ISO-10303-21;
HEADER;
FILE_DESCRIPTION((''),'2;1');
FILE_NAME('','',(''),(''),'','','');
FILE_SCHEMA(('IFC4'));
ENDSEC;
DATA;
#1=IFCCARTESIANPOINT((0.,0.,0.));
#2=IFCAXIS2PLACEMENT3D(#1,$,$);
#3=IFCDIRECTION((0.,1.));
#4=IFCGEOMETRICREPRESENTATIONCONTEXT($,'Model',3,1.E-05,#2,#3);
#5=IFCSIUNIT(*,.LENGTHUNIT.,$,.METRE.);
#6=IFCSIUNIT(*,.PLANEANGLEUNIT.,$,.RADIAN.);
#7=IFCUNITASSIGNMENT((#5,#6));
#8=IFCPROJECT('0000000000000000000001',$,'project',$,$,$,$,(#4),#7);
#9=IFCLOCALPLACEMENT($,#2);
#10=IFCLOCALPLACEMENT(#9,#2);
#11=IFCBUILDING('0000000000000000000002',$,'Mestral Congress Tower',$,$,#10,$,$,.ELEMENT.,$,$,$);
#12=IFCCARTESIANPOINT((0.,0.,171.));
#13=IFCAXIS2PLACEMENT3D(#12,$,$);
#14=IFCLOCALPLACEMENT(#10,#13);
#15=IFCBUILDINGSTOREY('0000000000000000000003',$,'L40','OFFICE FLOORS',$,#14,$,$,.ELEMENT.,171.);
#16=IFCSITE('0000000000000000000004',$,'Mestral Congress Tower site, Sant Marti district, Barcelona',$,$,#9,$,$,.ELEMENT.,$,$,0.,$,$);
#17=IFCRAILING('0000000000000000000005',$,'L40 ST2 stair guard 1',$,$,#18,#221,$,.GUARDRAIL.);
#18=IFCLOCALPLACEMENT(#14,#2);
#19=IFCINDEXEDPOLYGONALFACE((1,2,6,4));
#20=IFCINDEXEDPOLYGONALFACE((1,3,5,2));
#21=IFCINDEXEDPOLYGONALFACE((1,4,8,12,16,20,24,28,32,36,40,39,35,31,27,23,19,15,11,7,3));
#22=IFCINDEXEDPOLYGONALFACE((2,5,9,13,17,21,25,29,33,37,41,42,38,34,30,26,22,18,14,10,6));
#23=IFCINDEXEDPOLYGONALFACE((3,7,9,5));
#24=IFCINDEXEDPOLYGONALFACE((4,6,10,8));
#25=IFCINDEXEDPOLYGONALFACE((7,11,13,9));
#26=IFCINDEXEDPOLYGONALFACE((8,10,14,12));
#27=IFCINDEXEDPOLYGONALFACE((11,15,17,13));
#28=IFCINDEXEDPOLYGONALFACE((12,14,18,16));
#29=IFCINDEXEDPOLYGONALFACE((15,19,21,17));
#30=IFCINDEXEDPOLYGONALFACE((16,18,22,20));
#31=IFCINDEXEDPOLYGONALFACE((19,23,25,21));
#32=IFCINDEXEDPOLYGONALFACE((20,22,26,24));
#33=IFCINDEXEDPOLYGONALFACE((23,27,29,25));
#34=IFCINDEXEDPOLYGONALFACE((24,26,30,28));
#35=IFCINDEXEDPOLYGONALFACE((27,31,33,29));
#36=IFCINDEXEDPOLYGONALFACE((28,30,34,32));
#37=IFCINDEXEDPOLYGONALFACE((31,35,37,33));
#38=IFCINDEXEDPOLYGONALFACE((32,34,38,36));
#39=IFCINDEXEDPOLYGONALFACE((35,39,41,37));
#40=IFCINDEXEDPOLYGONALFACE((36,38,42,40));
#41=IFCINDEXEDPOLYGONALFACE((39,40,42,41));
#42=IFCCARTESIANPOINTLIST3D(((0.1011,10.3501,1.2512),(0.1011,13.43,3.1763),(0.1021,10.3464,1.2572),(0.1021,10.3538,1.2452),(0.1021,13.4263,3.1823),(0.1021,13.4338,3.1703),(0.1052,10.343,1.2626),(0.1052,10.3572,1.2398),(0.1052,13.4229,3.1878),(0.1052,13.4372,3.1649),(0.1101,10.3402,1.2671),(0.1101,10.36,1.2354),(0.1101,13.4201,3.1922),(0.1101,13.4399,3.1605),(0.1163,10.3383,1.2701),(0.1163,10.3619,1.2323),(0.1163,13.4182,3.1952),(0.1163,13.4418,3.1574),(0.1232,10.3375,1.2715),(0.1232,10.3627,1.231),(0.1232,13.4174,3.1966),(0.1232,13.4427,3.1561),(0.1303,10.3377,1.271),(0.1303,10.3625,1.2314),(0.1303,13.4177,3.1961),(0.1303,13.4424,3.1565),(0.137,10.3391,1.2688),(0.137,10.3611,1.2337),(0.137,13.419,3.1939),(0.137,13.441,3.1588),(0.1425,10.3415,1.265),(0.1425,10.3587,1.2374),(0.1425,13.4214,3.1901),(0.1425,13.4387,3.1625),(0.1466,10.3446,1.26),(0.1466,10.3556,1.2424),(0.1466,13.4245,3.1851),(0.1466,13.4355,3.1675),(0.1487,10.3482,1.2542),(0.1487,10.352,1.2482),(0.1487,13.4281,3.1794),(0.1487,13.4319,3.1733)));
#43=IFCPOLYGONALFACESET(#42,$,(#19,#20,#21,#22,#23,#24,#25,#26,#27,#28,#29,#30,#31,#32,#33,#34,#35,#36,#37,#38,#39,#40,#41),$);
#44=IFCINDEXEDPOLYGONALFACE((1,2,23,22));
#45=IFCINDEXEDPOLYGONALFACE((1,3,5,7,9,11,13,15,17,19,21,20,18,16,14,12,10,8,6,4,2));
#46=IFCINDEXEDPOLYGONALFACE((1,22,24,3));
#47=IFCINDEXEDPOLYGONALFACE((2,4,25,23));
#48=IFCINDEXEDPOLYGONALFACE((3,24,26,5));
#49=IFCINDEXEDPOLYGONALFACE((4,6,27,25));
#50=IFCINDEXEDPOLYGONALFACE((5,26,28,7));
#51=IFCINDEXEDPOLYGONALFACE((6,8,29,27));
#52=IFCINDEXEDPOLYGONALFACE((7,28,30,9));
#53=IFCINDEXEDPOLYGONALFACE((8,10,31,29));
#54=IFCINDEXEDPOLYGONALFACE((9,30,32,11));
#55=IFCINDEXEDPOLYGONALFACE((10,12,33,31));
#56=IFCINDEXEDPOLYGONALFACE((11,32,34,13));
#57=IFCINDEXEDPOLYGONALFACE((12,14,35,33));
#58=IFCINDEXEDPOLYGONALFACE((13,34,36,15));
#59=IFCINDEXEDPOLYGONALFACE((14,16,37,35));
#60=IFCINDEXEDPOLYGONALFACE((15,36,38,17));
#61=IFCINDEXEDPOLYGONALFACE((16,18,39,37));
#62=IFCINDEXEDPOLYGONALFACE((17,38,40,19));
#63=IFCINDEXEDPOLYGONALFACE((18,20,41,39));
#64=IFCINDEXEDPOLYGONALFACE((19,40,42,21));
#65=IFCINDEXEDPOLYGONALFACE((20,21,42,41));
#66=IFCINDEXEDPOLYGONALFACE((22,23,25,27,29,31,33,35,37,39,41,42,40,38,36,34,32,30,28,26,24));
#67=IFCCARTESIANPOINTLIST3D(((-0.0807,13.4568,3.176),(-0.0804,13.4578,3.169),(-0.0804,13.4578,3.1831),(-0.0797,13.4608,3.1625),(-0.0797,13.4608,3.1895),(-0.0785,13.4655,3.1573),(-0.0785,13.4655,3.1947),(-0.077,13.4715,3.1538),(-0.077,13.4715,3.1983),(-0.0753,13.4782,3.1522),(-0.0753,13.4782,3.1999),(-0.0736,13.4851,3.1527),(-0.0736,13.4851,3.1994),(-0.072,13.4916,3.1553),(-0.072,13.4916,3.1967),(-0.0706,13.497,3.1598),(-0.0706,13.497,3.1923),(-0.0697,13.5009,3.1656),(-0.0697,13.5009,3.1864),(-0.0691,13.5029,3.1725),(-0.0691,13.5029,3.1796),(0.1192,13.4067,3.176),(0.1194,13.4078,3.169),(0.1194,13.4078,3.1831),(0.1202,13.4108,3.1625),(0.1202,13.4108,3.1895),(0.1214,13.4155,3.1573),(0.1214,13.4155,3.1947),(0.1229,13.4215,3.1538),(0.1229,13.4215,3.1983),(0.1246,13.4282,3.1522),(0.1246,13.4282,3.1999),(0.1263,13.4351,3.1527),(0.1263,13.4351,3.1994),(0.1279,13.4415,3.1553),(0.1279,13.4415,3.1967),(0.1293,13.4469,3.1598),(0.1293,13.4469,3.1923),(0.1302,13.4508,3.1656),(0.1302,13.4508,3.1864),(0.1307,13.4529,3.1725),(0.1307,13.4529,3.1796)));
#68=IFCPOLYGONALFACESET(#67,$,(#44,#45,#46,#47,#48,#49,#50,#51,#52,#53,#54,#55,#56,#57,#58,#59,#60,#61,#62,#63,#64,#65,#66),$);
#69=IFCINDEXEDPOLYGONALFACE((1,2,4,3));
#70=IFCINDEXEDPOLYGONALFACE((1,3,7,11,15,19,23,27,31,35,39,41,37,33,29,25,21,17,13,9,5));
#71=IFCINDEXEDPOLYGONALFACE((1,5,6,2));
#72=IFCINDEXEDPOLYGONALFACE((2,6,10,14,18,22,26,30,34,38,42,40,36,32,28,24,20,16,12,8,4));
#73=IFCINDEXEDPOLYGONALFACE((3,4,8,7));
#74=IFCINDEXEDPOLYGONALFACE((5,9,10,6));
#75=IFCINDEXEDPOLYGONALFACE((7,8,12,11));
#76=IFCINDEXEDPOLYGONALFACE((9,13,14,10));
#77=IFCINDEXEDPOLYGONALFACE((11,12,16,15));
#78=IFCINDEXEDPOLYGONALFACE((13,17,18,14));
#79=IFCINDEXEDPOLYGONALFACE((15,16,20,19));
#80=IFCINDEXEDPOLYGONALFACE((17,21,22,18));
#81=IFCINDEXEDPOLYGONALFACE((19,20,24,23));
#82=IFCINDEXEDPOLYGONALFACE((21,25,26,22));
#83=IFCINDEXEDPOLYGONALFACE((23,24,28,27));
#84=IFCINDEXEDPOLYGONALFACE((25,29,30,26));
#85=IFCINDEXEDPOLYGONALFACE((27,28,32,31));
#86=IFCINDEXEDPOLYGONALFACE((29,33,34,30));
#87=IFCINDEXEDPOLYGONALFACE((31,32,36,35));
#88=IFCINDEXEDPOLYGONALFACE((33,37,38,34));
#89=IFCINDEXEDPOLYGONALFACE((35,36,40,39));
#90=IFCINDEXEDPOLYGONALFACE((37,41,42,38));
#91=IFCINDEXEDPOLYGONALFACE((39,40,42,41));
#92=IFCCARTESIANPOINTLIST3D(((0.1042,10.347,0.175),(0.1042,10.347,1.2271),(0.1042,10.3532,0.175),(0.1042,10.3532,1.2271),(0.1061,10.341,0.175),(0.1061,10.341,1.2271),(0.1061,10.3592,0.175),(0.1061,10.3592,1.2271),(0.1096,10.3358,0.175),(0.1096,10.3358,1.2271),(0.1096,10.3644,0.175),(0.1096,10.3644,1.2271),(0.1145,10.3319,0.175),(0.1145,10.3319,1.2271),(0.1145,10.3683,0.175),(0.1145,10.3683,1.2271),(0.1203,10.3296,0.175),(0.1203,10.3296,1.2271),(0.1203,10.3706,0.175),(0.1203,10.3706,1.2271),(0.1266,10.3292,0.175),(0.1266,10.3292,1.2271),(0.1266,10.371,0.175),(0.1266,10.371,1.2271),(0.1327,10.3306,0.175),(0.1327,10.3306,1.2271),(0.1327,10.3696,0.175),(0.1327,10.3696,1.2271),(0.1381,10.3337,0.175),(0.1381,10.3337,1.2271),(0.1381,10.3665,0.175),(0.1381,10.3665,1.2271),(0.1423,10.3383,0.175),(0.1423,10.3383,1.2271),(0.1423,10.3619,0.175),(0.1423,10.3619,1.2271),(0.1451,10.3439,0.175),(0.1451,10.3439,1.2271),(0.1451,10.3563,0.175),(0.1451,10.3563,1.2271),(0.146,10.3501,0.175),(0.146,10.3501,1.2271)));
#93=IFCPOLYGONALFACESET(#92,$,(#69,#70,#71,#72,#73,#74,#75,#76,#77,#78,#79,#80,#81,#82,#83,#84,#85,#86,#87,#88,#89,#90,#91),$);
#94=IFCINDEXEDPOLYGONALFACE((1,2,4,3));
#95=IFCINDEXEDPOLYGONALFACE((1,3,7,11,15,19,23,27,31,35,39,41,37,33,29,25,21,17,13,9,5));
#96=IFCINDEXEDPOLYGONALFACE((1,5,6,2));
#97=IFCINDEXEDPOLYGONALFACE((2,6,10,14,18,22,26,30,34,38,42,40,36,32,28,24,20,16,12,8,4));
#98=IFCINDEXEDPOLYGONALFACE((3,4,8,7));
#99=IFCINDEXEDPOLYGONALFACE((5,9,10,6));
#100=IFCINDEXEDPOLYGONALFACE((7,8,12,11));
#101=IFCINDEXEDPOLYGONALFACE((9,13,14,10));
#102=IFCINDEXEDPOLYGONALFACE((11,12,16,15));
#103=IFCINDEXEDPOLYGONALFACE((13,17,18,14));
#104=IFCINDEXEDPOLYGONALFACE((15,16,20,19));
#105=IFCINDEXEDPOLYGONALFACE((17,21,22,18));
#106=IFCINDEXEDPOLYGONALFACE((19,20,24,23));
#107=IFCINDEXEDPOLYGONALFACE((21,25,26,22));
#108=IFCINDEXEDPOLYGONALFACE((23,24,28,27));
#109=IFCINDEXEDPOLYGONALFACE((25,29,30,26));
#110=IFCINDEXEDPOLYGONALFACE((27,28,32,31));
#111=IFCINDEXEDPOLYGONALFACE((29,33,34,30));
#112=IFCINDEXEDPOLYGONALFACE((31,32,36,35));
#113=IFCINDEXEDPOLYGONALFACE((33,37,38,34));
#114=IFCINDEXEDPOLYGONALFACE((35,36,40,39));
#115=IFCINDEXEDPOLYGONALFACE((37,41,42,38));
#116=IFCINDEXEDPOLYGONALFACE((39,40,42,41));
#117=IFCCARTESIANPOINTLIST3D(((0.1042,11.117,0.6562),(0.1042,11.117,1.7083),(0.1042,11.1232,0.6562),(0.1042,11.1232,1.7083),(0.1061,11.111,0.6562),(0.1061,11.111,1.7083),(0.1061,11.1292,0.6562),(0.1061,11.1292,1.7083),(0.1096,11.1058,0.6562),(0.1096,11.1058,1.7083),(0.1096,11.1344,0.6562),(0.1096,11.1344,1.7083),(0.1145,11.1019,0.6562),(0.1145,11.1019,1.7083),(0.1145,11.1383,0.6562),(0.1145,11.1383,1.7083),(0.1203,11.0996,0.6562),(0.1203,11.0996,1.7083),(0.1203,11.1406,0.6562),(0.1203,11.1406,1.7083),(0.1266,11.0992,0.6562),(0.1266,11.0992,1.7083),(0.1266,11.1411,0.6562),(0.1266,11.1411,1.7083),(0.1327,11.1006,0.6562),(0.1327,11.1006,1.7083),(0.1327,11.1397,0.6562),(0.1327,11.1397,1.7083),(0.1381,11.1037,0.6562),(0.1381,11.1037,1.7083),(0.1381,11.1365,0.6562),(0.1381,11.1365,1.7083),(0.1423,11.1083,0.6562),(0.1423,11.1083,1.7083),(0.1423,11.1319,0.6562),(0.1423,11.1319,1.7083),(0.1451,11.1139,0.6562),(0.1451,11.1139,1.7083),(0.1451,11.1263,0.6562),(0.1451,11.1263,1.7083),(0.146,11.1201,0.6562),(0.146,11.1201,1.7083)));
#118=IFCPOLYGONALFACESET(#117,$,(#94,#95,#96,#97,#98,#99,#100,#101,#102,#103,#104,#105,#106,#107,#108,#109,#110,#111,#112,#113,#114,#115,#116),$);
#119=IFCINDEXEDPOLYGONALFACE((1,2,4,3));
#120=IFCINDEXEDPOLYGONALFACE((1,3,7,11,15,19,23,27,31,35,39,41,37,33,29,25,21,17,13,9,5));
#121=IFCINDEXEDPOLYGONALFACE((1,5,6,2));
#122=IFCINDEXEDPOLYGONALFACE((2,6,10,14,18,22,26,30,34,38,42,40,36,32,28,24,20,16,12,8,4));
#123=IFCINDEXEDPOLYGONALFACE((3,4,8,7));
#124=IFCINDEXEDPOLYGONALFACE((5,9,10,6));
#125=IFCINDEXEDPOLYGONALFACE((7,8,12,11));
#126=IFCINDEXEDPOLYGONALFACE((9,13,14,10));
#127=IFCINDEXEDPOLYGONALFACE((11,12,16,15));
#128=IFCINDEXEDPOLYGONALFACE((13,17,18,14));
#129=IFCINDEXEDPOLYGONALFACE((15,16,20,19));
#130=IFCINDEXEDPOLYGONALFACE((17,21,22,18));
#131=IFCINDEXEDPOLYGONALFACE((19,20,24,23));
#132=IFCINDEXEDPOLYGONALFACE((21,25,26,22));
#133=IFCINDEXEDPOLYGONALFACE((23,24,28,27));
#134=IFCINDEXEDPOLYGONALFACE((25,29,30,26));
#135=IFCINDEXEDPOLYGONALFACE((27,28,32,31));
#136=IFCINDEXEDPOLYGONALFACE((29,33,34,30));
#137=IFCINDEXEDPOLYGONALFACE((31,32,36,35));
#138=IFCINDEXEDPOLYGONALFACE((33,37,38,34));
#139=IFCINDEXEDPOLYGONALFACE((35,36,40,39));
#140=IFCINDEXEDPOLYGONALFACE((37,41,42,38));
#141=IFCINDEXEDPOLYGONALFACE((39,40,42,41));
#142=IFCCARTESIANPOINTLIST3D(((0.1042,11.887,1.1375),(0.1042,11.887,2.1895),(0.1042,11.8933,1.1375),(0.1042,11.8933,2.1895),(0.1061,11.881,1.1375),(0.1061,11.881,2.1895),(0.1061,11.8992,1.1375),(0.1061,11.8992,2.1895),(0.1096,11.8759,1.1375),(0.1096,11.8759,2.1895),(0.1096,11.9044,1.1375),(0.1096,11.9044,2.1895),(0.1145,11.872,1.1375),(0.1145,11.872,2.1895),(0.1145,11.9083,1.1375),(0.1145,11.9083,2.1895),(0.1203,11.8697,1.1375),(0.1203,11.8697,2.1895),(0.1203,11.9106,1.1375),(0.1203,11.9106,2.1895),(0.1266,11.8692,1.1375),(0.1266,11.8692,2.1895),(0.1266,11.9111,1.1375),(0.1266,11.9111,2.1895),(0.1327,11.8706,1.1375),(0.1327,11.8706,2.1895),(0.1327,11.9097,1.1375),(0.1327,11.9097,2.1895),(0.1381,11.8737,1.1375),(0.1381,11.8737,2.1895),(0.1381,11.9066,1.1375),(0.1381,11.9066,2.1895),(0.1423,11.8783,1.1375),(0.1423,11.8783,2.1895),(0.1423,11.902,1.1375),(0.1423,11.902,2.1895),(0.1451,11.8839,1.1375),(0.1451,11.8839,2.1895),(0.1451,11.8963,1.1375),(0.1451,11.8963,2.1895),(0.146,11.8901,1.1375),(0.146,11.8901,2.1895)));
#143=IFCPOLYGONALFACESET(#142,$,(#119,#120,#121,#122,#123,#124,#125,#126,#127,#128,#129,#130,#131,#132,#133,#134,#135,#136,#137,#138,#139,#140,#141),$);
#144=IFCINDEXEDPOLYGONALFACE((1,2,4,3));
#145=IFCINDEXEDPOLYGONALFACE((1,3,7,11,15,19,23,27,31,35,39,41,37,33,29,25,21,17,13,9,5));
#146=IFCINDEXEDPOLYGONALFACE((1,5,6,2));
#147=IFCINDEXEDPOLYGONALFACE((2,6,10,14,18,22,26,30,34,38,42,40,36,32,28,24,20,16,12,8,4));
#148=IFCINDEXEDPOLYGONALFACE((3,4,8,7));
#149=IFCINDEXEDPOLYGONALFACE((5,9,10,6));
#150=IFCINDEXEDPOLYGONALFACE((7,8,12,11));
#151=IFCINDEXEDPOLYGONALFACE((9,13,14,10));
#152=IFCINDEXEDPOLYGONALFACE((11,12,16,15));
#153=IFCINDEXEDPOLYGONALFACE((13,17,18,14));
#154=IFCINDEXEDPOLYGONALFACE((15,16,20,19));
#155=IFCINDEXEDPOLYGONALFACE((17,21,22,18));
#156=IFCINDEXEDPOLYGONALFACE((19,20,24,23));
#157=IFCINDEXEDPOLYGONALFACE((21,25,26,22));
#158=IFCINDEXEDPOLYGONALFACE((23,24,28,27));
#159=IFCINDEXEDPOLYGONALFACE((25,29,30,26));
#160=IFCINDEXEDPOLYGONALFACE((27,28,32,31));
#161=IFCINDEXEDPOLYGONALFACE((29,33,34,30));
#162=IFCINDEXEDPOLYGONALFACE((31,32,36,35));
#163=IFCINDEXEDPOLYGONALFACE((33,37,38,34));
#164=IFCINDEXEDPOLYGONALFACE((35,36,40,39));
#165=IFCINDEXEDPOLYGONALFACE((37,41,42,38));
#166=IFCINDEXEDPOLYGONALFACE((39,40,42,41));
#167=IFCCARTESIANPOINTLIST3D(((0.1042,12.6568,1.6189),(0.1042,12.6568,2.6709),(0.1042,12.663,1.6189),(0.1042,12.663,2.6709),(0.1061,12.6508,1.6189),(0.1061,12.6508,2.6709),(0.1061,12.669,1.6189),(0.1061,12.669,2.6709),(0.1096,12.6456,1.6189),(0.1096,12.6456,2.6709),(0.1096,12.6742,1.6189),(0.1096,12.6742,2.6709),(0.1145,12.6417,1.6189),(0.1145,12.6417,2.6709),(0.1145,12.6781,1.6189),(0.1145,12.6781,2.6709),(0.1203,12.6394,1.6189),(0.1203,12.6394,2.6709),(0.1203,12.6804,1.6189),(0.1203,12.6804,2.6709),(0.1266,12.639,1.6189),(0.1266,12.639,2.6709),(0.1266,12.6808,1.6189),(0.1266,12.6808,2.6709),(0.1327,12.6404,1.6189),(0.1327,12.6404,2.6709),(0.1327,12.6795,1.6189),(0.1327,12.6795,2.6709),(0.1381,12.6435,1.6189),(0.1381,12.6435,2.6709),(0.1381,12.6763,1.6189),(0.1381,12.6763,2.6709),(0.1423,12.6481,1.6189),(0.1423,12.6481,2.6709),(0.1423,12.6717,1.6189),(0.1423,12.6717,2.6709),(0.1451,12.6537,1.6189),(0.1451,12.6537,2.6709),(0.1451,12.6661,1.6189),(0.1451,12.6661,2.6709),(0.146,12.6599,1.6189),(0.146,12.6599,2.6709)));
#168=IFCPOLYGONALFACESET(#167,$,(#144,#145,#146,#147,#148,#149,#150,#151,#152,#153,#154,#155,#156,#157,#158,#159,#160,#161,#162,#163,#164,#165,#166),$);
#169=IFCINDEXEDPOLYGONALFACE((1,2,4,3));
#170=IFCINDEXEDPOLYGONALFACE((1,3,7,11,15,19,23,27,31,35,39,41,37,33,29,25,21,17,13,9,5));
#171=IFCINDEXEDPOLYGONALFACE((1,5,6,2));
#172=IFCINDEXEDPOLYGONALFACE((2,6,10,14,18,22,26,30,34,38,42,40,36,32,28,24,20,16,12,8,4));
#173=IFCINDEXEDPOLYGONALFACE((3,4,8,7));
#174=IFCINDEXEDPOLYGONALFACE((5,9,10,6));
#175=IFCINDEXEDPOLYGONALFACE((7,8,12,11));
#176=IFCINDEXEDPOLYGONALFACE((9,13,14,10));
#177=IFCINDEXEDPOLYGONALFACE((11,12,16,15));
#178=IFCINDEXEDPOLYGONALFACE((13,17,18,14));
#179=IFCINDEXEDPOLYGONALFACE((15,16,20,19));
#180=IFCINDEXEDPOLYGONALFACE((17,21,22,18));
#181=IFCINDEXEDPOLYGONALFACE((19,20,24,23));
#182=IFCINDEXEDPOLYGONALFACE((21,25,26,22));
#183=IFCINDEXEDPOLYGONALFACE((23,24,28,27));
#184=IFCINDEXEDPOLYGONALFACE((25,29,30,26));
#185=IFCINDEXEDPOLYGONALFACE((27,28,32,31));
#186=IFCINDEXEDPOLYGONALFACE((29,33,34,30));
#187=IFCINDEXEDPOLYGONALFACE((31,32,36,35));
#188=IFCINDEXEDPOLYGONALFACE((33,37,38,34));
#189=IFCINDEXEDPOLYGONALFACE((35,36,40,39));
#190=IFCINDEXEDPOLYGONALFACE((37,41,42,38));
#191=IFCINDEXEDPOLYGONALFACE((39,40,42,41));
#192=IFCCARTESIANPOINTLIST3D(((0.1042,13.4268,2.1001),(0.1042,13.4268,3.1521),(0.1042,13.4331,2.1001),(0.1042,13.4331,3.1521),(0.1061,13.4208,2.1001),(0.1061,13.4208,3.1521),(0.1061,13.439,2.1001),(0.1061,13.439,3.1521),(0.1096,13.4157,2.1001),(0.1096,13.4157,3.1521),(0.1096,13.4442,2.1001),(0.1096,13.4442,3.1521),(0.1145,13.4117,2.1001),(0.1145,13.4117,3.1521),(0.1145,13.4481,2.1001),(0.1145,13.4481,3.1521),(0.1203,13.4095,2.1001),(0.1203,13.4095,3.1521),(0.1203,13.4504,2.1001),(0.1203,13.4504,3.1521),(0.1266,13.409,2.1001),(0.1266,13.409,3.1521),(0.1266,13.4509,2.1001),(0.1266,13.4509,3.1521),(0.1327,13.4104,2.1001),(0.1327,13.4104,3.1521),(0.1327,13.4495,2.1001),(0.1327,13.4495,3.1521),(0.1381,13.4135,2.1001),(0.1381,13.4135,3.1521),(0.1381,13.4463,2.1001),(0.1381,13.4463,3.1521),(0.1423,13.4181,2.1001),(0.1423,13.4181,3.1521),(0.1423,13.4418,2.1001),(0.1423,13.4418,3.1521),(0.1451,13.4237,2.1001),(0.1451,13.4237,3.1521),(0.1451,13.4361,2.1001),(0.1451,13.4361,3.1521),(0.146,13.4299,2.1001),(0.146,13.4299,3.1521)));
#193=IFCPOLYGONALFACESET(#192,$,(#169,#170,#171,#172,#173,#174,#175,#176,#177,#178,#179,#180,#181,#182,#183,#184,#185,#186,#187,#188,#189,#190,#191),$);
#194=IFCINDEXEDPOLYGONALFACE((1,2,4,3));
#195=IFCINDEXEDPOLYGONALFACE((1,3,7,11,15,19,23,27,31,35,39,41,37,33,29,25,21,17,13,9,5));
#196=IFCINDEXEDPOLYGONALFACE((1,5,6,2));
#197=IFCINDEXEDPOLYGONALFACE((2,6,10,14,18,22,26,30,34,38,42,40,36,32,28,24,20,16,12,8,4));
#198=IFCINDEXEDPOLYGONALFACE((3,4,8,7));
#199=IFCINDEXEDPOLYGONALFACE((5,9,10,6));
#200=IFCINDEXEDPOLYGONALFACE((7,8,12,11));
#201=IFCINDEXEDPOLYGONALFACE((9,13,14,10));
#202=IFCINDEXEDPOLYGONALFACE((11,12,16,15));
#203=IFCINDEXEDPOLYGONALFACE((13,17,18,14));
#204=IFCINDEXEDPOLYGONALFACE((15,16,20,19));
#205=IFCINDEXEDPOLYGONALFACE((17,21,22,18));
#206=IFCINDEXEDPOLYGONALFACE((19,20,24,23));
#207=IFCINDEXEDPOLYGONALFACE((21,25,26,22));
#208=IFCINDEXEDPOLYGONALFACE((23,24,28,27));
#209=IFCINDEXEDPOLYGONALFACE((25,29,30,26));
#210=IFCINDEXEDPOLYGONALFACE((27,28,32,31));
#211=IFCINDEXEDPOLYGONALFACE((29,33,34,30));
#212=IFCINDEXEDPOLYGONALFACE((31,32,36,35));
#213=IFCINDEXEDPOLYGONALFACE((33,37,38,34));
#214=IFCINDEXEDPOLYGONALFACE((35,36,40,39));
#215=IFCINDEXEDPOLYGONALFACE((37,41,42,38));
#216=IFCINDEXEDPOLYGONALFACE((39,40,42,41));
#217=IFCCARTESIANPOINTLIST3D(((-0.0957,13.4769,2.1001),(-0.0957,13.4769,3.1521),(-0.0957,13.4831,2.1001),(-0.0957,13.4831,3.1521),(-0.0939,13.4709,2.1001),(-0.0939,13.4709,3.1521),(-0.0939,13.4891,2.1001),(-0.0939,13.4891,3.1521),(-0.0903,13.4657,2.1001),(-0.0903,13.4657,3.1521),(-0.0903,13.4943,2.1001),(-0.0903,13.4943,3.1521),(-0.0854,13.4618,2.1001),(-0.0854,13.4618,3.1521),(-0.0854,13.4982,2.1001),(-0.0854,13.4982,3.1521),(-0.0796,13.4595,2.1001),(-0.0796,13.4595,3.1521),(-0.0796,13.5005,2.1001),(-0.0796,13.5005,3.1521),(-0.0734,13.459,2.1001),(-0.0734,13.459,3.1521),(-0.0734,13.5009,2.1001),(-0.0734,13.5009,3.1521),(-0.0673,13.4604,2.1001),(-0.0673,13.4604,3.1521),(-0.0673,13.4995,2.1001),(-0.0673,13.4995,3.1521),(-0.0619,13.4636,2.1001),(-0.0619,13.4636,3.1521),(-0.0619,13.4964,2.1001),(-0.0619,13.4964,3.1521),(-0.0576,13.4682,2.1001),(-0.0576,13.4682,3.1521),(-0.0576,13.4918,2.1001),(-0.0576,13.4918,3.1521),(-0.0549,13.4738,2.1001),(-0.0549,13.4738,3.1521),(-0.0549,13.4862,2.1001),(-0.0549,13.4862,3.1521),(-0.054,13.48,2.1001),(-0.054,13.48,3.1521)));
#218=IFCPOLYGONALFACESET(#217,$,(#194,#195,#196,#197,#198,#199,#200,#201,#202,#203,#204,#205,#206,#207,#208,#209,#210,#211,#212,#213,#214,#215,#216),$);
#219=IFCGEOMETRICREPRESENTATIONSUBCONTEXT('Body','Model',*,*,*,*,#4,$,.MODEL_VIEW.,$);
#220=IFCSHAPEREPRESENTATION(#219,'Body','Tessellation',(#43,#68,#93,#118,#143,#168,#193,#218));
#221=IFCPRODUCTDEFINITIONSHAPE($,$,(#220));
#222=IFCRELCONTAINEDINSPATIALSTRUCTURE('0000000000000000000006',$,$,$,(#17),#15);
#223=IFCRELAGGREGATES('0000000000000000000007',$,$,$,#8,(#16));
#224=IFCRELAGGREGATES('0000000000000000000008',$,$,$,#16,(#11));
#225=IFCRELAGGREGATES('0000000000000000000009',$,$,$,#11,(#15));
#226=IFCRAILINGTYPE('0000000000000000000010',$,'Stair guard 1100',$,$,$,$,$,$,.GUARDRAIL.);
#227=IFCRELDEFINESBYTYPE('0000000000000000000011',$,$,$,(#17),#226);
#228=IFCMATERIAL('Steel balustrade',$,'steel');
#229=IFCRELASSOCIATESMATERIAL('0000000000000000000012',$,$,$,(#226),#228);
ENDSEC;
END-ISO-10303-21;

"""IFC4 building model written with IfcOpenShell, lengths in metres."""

from ifc_helpers import new_model, si_unit, direction, frame, origin, origin_2d, place, context, subcontext, project, spatial, circle, extrude, material, type_object, element, save


model = new_model("IFC4")

# Units and contexts
model_context = context("Model", 3, precision=1e-05, world=origin(), true_north=direction((0.0, 1.0)))
body_context = subcontext(model_context, "Body", "Model", "MODEL_VIEW")
ifc_project = project(units=[si_unit("LENGTHUNIT", "METRE"), si_unit("PLANEANGLEUNIT", "RADIAN")], contexts=[model_context])

# Site, building, storey
site_placement = place(None, origin())
site = spatial("IfcSite", under=ifc_project, at=site_placement, Name="Mestral Congress Tower site, Sant Marti district, Barcelona", CompositionType="ELEMENT", RefElevation=0.0)
building_placement = place(site_placement, origin())
building = spatial("IfcBuilding", under=site, at=building_placement, Name="Mestral Congress Tower", CompositionType="ELEMENT")
storey_placement = place(building_placement, frame((0.0, 0.0, 171.0)))
storey = spatial("IfcBuildingStorey", under=building, at=storey_placement, Name="L40", Description="OFFICE FLOORS", CompositionType="ELEMENT", Elevation=171.0)

# Railing
ifc_material_1 = material(Name="Steel balustrade", Category="steel")
railing_type_1 = type_object("IfcRailingType", Name="Stair guard 1100", PredefinedType="GUARDRAIL", material=ifc_material_1)
railing_1_placement = place(storey_placement, frame((0.125, 10.3501, 0.175)))
element("IfcRailing", 1, at=railing_1_placement, inside=storey, type_object=railing_type_1, Name="L40 ST2 stair guard 1", PredefinedType="GUARDRAIL", context=body_context, shape_type="SweptSolid", body=[
    extrude(circle(Radius=0.0239, at=origin_2d()), frame((0.0, 0.0, 1.0762), z_axis=(0.0, 0.847979, 0.530029), x_axis=(-1.0, 0.0, 0.0)), (0.0, 0.0, 1.0), 3.6321),
    extrude(circle(Radius=0.0239, at=origin_2d()), frame((0.0, 3.0798, 3.001), z_axis=(-0.970073, 0.242814, 0.0), x_axis=(-0.242814, -0.970073, 0.0)), (0.0, 0.0, 1.0), 0.2061),
    extrude(circle(Radius=0.021, at=origin_2d()), origin(), (0.0, 0.0, 1.0), 1.052),
    extrude(circle(Radius=0.021, at=origin_2d()), frame((0.0, 0.77, 0.4812)), (0.0, 0.0, 1.0), 1.052),
    extrude(circle(Radius=0.021, at=origin_2d()), frame((0.0, 1.54, 0.9624)), (0.0, 0.0, 1.0), 1.052),
    extrude(circle(Radius=0.021, at=origin_2d()), frame((0.0, 2.3098, 1.4438)), (0.0, 0.0, 1.0), 1.052),
    extrude(circle(Radius=0.021, at=origin_2d()), frame((0.0, 3.0798, 1.925)), (0.0, 0.0, 1.0), 1.052),
    extrude(circle(Radius=0.021, at=origin_2d()), frame((-0.2, 3.1299, 1.925)), (0.0, 0.0, 1.0), 1.052),
])

save(model, "model.ifc")
